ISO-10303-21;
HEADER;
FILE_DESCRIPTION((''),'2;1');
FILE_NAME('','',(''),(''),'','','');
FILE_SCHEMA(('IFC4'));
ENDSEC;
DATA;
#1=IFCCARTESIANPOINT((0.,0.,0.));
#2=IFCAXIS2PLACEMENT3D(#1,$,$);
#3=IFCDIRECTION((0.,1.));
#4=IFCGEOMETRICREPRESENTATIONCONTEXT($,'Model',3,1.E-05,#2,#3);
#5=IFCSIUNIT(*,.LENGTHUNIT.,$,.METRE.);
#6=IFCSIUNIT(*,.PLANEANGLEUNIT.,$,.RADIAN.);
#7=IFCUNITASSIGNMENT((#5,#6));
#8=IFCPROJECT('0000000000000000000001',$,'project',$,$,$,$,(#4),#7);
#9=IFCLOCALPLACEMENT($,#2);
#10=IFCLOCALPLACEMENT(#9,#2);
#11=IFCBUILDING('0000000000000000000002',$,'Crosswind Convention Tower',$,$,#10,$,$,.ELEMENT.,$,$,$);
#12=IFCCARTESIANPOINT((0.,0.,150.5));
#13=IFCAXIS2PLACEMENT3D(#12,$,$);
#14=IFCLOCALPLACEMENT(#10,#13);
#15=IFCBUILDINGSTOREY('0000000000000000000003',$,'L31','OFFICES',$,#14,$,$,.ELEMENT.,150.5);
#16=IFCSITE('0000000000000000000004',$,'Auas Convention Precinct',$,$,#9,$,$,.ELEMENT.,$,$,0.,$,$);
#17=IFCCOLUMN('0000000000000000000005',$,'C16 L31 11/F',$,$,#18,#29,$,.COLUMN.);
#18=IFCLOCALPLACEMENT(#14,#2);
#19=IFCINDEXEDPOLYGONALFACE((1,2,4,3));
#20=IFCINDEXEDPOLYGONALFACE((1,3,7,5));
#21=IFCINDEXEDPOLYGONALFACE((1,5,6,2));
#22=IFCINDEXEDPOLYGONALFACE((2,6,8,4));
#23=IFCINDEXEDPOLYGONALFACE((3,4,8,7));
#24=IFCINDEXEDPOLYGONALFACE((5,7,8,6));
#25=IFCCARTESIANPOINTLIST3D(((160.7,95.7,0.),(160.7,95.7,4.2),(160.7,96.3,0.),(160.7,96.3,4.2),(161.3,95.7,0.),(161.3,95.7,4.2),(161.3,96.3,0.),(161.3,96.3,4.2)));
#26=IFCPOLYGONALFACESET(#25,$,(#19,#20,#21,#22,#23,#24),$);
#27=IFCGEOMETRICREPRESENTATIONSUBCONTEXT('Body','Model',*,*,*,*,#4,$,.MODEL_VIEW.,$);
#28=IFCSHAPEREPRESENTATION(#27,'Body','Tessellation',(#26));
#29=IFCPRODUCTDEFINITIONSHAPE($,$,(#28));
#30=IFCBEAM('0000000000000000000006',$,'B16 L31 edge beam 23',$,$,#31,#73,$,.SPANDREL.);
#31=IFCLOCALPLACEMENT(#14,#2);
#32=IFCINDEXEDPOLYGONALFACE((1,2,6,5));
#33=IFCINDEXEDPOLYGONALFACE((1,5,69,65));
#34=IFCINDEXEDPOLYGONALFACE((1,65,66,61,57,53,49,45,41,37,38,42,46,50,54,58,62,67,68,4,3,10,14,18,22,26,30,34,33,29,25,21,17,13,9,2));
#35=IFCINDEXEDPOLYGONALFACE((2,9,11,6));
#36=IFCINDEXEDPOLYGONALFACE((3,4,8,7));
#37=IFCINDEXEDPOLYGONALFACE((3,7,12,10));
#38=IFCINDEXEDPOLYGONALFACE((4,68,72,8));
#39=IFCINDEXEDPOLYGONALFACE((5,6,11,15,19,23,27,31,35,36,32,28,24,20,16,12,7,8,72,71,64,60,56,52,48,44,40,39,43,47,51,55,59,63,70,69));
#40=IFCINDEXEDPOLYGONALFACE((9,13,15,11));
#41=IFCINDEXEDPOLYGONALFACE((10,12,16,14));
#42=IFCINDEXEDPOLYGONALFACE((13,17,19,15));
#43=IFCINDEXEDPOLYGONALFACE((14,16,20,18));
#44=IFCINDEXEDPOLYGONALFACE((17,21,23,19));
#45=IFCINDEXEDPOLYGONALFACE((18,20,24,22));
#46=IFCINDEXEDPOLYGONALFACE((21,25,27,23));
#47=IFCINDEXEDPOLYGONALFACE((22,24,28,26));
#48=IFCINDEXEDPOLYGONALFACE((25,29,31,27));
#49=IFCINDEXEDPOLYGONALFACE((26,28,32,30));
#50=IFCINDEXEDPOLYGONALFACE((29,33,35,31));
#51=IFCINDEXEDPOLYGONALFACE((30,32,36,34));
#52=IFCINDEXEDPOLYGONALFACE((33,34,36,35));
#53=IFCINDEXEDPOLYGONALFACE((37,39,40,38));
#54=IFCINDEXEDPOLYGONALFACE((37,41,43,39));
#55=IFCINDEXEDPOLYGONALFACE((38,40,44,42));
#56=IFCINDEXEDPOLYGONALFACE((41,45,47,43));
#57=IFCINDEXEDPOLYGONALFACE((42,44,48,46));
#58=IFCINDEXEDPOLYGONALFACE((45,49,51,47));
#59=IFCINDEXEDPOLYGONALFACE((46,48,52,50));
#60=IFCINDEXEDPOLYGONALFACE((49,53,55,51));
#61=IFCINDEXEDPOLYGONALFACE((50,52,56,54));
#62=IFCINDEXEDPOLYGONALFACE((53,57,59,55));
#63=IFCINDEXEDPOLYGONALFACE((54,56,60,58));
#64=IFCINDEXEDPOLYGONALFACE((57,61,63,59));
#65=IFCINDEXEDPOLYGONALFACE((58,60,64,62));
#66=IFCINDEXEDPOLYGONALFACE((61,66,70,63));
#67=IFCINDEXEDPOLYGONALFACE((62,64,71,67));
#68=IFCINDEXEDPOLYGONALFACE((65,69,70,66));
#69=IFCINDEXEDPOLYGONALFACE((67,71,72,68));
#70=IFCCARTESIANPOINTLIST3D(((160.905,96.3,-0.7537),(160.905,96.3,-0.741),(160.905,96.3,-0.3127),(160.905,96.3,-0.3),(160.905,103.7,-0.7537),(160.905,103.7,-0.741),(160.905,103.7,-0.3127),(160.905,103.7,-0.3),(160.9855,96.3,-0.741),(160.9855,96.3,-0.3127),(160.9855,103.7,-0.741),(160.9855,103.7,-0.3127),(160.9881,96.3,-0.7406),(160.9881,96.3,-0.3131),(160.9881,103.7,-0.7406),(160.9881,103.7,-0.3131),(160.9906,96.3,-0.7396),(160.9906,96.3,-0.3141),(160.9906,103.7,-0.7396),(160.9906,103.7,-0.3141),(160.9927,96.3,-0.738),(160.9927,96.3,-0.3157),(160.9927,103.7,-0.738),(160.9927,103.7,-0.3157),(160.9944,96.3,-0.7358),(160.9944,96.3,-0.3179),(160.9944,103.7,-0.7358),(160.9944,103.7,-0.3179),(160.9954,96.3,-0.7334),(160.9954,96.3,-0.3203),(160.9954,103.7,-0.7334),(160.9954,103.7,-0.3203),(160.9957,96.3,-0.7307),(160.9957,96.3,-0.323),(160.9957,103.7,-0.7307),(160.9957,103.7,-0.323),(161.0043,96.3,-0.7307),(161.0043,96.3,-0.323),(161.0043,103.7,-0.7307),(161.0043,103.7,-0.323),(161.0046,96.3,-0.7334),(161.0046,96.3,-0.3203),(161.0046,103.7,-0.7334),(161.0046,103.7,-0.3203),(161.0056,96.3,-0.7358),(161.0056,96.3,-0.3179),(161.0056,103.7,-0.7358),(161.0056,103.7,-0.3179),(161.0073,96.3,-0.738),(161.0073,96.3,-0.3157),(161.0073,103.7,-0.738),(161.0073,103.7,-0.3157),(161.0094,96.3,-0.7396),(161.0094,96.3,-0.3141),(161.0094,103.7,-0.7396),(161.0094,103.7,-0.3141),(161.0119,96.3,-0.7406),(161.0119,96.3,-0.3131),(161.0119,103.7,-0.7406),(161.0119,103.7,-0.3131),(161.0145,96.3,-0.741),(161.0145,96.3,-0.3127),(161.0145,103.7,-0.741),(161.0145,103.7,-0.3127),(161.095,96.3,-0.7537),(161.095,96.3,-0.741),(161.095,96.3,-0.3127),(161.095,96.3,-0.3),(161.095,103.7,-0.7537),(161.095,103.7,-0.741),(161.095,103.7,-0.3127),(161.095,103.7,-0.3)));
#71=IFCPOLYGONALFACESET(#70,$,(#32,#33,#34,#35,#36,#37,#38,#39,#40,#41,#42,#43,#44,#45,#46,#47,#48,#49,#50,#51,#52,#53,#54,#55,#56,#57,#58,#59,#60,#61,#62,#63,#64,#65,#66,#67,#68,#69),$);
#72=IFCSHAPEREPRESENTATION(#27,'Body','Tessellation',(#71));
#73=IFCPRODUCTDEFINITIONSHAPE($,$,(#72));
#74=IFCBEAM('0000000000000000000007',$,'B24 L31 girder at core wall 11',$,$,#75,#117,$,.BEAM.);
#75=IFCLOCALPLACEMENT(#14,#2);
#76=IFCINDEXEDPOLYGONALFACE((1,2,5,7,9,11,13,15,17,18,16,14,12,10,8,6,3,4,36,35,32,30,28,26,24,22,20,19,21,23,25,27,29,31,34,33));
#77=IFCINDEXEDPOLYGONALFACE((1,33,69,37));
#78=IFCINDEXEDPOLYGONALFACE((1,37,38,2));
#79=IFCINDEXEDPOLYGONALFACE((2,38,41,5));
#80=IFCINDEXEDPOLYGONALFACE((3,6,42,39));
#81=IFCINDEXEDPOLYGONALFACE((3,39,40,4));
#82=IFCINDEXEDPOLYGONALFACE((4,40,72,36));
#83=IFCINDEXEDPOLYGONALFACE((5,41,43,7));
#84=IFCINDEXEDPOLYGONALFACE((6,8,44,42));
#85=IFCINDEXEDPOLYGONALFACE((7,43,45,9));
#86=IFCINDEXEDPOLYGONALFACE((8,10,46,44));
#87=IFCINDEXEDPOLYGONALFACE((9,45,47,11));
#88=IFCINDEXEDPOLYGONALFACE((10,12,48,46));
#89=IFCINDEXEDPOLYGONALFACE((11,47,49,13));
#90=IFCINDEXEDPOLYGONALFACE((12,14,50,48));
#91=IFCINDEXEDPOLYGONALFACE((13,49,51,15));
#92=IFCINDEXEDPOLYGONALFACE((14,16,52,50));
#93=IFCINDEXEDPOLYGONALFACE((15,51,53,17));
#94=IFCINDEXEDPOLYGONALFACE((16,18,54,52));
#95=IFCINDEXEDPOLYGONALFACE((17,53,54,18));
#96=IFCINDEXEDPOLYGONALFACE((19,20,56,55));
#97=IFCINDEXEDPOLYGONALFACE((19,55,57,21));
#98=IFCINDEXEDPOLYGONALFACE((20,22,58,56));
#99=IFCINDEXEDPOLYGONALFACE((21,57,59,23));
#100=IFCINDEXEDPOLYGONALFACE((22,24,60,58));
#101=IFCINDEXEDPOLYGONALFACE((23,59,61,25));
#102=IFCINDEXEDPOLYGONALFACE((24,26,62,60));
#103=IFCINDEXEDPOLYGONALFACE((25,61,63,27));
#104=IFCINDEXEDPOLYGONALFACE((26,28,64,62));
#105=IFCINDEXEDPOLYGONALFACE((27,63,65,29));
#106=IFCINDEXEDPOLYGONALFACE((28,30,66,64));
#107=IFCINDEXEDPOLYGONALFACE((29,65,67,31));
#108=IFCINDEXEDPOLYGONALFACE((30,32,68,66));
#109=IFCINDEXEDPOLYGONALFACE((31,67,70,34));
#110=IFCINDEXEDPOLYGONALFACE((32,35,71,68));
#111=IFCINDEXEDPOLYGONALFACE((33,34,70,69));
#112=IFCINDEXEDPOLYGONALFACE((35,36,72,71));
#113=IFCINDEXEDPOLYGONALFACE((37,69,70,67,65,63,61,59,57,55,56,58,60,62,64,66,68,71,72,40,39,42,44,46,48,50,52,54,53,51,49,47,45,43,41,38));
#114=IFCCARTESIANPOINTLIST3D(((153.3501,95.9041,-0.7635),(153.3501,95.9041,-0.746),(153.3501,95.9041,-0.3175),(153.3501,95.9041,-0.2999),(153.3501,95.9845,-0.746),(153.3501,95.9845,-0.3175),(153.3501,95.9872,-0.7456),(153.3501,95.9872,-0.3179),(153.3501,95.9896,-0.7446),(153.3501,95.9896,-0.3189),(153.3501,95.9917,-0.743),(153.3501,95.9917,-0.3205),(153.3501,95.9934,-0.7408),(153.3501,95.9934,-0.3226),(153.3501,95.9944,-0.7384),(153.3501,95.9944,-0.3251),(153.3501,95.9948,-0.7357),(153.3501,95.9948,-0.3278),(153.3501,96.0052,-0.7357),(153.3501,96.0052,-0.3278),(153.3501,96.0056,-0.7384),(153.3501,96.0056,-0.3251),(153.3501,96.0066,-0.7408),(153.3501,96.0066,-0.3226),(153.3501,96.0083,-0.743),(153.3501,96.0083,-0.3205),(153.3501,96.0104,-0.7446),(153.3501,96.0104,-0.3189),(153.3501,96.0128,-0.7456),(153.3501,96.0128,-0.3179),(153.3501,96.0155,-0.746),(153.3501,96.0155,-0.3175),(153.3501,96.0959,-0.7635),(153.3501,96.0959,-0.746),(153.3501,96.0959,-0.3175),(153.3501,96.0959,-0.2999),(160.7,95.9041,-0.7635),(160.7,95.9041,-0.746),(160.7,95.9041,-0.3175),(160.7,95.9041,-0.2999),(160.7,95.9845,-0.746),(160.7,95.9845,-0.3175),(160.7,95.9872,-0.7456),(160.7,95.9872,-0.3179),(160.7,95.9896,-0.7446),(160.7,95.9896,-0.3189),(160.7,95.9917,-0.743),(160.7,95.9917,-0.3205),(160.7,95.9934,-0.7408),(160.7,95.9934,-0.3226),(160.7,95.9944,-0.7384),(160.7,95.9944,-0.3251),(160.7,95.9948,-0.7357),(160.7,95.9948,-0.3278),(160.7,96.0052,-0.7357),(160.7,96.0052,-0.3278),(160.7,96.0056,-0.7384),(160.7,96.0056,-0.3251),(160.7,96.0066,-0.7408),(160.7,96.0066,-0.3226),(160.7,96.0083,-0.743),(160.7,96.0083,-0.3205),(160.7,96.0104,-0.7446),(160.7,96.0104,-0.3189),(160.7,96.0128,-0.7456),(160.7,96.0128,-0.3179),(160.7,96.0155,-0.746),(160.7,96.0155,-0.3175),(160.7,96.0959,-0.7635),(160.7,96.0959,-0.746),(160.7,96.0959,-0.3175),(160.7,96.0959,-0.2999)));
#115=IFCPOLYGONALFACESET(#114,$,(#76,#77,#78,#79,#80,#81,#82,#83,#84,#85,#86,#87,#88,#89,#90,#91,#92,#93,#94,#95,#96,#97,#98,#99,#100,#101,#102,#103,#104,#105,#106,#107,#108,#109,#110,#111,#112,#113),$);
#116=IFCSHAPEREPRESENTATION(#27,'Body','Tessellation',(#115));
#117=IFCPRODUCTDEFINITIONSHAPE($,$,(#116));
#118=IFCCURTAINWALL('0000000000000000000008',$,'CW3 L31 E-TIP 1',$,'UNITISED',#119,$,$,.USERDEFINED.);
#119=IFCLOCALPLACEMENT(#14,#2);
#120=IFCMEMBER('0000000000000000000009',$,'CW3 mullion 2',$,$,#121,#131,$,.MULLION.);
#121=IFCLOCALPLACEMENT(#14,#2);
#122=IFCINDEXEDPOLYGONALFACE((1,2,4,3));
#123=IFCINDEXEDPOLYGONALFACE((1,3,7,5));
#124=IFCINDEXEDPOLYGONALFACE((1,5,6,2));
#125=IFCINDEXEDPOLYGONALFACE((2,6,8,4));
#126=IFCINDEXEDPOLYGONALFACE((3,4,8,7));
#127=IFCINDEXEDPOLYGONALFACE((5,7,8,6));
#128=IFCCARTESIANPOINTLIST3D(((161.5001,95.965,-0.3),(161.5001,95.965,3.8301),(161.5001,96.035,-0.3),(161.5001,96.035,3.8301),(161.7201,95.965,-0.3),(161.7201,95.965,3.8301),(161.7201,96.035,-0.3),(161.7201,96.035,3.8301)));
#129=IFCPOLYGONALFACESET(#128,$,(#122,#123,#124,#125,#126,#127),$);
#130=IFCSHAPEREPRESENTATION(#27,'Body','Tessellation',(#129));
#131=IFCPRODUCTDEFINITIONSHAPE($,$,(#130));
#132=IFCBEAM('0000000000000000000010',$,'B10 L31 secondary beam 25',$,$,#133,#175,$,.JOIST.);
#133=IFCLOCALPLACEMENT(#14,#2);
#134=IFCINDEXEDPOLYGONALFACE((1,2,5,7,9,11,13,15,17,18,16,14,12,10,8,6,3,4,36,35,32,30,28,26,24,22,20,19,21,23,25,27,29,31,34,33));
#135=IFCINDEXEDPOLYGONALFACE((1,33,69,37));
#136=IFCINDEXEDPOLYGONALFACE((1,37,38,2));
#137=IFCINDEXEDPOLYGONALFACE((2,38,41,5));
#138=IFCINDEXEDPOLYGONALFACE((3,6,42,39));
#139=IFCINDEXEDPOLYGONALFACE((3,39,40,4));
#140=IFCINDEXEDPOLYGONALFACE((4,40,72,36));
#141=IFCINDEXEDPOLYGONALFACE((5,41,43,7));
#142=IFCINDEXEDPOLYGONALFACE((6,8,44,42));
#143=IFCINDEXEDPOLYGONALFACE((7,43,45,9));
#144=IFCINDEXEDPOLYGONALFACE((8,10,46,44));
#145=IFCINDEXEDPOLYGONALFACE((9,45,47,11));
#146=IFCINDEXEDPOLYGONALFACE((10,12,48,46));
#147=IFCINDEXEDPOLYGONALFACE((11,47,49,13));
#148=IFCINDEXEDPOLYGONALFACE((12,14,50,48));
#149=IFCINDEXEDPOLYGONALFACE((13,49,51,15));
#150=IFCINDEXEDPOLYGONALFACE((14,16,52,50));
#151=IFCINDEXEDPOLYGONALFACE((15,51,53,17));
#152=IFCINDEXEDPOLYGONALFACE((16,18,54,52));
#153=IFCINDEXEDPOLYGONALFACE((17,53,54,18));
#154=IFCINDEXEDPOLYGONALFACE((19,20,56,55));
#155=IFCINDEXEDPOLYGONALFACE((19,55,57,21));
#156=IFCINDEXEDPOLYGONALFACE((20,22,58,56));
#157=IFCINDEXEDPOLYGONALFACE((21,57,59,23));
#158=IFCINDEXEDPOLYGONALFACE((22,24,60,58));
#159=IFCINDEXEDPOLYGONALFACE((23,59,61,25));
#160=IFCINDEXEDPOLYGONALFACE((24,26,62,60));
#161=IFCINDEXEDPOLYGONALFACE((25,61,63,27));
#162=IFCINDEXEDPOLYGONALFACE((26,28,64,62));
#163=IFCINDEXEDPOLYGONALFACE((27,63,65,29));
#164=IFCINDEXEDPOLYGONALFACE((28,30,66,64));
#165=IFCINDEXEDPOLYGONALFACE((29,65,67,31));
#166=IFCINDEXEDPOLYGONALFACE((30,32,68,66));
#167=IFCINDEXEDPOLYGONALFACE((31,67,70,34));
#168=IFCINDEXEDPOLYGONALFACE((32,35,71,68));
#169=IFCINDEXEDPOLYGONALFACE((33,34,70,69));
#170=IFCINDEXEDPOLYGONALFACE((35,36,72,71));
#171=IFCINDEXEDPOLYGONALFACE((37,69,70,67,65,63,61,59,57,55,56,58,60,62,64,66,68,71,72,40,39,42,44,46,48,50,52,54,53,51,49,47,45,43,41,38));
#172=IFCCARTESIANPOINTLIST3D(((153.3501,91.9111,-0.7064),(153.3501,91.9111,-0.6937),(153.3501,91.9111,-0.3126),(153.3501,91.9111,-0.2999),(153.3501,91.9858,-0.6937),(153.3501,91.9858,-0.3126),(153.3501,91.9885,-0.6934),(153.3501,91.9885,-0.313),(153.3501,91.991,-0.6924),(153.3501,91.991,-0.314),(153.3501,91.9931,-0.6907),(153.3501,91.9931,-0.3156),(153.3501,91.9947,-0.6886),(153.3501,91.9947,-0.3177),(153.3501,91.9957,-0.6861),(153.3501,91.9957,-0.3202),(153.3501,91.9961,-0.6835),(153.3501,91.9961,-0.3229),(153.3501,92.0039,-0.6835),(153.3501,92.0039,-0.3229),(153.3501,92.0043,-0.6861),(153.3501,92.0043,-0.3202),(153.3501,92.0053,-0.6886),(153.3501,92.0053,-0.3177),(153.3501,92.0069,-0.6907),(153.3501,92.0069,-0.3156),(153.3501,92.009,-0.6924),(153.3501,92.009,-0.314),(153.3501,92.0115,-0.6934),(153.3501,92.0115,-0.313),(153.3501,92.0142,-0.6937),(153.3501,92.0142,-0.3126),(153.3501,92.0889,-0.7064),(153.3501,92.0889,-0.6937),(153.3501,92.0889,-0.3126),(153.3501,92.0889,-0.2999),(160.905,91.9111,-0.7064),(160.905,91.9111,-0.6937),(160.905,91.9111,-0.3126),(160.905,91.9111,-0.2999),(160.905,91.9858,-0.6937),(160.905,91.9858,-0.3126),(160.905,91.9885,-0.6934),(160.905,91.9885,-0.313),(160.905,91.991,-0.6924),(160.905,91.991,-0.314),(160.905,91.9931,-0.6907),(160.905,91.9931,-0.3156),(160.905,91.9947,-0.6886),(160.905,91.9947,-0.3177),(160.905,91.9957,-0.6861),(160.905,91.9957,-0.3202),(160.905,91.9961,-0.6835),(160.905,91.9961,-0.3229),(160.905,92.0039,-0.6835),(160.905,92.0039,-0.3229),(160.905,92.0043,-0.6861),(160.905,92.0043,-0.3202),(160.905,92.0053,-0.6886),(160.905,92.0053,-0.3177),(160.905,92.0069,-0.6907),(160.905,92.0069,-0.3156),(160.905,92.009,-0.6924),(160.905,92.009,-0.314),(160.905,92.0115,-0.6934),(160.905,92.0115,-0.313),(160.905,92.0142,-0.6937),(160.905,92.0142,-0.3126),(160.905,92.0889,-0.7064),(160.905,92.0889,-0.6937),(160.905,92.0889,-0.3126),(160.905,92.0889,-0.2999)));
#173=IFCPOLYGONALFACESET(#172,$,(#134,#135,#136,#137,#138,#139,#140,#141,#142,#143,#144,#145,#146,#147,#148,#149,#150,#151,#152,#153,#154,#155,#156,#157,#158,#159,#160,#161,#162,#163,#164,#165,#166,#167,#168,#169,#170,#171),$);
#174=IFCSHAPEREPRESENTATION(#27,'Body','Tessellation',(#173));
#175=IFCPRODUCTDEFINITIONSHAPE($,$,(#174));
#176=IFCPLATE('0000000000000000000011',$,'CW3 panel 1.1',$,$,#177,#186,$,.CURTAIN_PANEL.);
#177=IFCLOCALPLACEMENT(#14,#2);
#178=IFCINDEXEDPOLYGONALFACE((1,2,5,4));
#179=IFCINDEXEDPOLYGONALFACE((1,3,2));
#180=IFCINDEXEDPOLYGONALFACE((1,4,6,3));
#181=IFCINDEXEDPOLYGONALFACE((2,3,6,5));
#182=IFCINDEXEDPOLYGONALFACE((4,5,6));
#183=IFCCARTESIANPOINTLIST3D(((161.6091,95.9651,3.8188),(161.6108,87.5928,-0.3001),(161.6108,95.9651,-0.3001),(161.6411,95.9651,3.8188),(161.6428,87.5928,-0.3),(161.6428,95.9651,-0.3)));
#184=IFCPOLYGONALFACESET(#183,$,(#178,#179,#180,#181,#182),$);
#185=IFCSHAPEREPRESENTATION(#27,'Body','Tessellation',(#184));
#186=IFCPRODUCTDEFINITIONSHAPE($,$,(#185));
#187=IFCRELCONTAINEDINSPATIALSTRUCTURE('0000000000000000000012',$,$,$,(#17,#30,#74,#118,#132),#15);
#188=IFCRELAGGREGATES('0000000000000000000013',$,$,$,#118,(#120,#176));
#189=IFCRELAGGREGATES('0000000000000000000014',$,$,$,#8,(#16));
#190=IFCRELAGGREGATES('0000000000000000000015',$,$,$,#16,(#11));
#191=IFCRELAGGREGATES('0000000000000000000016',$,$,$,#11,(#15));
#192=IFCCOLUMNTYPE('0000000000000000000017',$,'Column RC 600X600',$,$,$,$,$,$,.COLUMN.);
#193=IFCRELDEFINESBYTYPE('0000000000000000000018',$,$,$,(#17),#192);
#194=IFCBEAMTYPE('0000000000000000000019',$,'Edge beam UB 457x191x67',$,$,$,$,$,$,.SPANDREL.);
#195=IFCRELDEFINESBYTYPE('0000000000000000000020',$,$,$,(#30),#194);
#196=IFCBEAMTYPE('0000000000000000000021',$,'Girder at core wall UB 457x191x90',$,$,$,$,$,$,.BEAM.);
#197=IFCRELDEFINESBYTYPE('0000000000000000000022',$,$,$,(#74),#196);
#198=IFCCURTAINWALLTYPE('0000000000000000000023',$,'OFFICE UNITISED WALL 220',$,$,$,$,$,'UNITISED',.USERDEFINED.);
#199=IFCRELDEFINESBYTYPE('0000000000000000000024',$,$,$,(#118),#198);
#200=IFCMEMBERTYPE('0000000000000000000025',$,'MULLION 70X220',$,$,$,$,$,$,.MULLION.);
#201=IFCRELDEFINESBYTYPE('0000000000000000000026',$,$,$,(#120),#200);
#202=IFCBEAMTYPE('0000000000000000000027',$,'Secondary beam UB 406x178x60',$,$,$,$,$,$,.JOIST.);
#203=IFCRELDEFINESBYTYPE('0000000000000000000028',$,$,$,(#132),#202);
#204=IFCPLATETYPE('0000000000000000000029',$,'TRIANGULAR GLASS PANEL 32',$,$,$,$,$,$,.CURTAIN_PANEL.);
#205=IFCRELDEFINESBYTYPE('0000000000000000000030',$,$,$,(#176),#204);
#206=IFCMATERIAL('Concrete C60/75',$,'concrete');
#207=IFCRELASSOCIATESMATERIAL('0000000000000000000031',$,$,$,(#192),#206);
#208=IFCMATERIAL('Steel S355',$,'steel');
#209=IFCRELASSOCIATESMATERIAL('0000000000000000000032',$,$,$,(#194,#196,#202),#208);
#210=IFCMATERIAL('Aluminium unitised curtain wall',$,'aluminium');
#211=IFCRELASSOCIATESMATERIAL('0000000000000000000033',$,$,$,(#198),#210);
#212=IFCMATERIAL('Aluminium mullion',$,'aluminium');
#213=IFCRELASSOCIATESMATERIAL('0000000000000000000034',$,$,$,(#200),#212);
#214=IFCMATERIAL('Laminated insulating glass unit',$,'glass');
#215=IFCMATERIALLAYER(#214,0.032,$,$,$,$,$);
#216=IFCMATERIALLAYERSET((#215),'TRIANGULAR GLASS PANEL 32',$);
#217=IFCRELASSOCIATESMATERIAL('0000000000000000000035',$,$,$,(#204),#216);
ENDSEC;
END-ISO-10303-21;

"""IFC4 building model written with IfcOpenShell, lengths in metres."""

from ifc_helpers import new_model, si_unit, direction, frame, origin, origin_2d, place, context, subcontext, project, spatial, polyline, rectangle, i_section, outline, extrude, material, layer, layer_set, material_profile, profile_set, type_object, element, aggregate, save


model = new_model("IFC4")

# Units and contexts
model_context = context("Model", 3, precision=1e-05, world=origin(), true_north=direction((0.0, 1.0)))
body_context = subcontext(model_context, "Body", "Model", "MODEL_VIEW")
ifc_project = project(units=[si_unit("LENGTHUNIT", "METRE"), si_unit("PLANEANGLEUNIT", "RADIAN")], contexts=[model_context])

# Site, building, storey
site_placement = place(None, origin())
site = spatial("IfcSite", under=ifc_project, at=site_placement, Name="Auas Convention Precinct", CompositionType="ELEMENT", RefElevation=0.0)
building_placement = place(site_placement, origin())
building = spatial("IfcBuilding", under=site, at=building_placement, Name="Crosswind Convention Tower", CompositionType="ELEMENT")
storey_placement = place(building_placement, frame((0.0, 0.0, 150.5)))
storey = spatial("IfcBuildingStorey", under=building, at=storey_placement, Name="L31", Description="OFFICES", CompositionType="ELEMENT", Elevation=150.5)

# Column
ifc_material_1 = material(Name="Concrete C60/75", Category="concrete")
ifc_material_profile_1 = material_profile(ifc_material_1, rectangle(XDim=0.6001, YDim=0.6001, at=origin_2d()), Name="RC 600X600")
ifc_profile_set_1 = profile_set([ifc_material_profile_1], Name="Concrete C60/75")
column_type = type_object("IfcColumnType", Name="Column RC 600X600", PredefinedType="COLUMN", material=ifc_profile_set_1)
column_placement = place(storey_placement, frame((161.0, 96.0, 0.0), z_axis=(0.0, 0.0, 1.0), x_axis=(1.0, 0.0, 0.0)))
element("IfcColumn", 1, at=column_placement, inside=storey, type_object=column_type, Name="C16 L31 11/F", PredefinedType="COLUMN", context=body_context, shape_type="SweptSolid", body=[
    extrude(rectangle(XDim=0.6001, YDim=0.6001, at=origin_2d()), origin(), (0.0, 0.0, 1.0), 4.2),
])

# Beams
ifc_material_2 = material(Name="Steel S355", Category="steel")
ifc_material_profile_2 = material_profile(ifc_material_2, i_section(OverallWidth=0.1899, OverallDepth=0.4536, WebThickness=0.0085, FlangeThickness=0.0127, FilletRadius=0.0103, at=origin_2d()), Name="UB 457x191x67")
ifc_profile_set_2 = profile_set([ifc_material_profile_2], Name="Steel S355")
beam_type_1 = type_object("IfcBeamType", Name="Edge beam UB 457x191x67", PredefinedType="SPANDREL", material=ifc_profile_set_2)
beam_1_placement = place(storey_placement, frame((161.0, 96.3, -0.5269), z_axis=(0.0, 1.0, 0.0), x_axis=(-1.0, 0.0, 0.0)))
element("IfcBeam", 2, at=beam_1_placement, inside=storey, type_object=beam_type_1, Name="B16 L31 edge beam 23", PredefinedType="SPANDREL", context=body_context, shape_type="SweptSolid", body=[
    extrude(i_section(OverallWidth=0.1899, OverallDepth=0.4536, WebThickness=0.0085, FlangeThickness=0.0127, FilletRadius=0.0103, at=origin_2d()), origin(), (0.0, 0.0, 1.0), 7.3999),
])
ifc_material_profile_3 = material_profile(ifc_material_2, i_section(OverallWidth=0.1919, OverallDepth=0.4636, WebThickness=0.0105, FlangeThickness=0.0176, FilletRadius=0.0103, at=origin_2d()), Name="UB 457x191x90")
ifc_profile_set_3 = profile_set([ifc_material_profile_3], Name="Steel S355")
beam_type_2 = type_object("IfcBeamType", Name="Girder at core wall UB 457x191x90", PredefinedType="BEAM", material=ifc_profile_set_3)
beam_2_placement = place(storey_placement, frame((153.3501, 96.0, -0.5317), z_axis=(1.0, 0.0, 0.0), x_axis=(0.0, 1.0, 0.0)))
element("IfcBeam", 3, at=beam_2_placement, inside=storey, type_object=beam_type_2, Name="B24 L31 girder at core wall 11", PredefinedType="BEAM", context=body_context, shape_type="SweptSolid", body=[
    extrude(i_section(OverallWidth=0.1919, OverallDepth=0.4636, WebThickness=0.0105, FlangeThickness=0.0176, FilletRadius=0.0103, at=origin_2d()), origin(), (0.0, 0.0, 1.0), 7.3499),
])

# Curtain wall, member
ifc_material_3 = material(Name="Aluminium unitised curtain wall", Category="aluminium")
curtain_wall_type = type_object("IfcCurtainWallType", Name="OFFICE UNITISED WALL 220", ElementType="UNITISED", PredefinedType="USERDEFINED", material=ifc_material_3)
curtain_wall_placement = place(storey_placement, origin())
curtain_wall = element("IfcCurtainWall", 4, at=curtain_wall_placement, inside=storey, type_object=curtain_wall_type, Name="CW3 L31 E-TIP 1", ObjectType="UNITISED", PredefinedType="USERDEFINED")
ifc_material_4 = material(Name="Aluminium mullion", Category="aluminium")
ifc_material_profile_4 = material_profile(ifc_material_4, rectangle(XDim=0.22, YDim=0.0701, at=origin_2d()), Name="AL 220X70")
ifc_profile_set_4 = profile_set([ifc_material_profile_4], Name="Aluminium mullion")
member_type = type_object("IfcMemberType", Name="MULLION 70X220", PredefinedType="MULLION", material=ifc_profile_set_4)
member_placement = place(storey_placement, frame((161.6101, 96.0, -0.3), z_axis=(0.0, 0.0, 1.0), x_axis=(1.0, 0.0, 0.0)))
member = element("IfcMember", 5, at=member_placement, type_object=member_type, Name="CW3 mullion 2", PredefinedType="MULLION", context=body_context, shape_type="SweptSolid", body=[
    extrude(rectangle(XDim=0.22, YDim=0.0701, at=origin_2d()), origin(), (0.0, 0.0, 1.0), 4.1301),
])

# Beam
ifc_material_profile_5 = material_profile(ifc_material_2, i_section(OverallWidth=0.1777, OverallDepth=0.4065, WebThickness=0.0078, FlangeThickness=0.0127, FilletRadius=0.0103, at=origin_2d()), Name="UB 406x178x60")
ifc_profile_set_5 = profile_set([ifc_material_profile_5], Name="Steel S355")
beam_type_3 = type_object("IfcBeamType", Name="Secondary beam UB 406x178x60", PredefinedType="JOIST", material=ifc_profile_set_5)
beam_3_placement = place(storey_placement, frame((153.3501, 92.0, -0.5032), z_axis=(1.0, 0.0, 0.0), x_axis=(0.0, 1.0, 0.0)))
element("IfcBeam", 6, at=beam_3_placement, inside=storey, type_object=beam_type_3, Name="B10 L31 secondary beam 25", PredefinedType="JOIST", context=body_context, shape_type="SweptSolid", body=[
    extrude(i_section(OverallWidth=0.1777, OverallDepth=0.4065, WebThickness=0.0078, FlangeThickness=0.0127, FilletRadius=0.0103, at=origin_2d()), origin(), (0.0, 0.0, 1.0), 7.5549),
])

# Plate
ifc_material_5 = material(Name="Laminated insulating glass unit", Category="glass")
ifc_layer_1 = layer(ifc_material_5, 0.032)
ifc_layer_set_1 = layer_set([ifc_layer_1], Name="TRIANGULAR GLASS PANEL 32")
plate_type = type_object("IfcPlateType", Name="TRIANGULAR GLASS PANEL 32", PredefinedType="CURTAIN_PANEL", material=ifc_layer_set_1)
plate_1_placement = place(storey_placement, frame((161.6428, 95.9651, -0.3), z_axis=(1.0, 0.0, 0.000415), x_axis=(-0.000415, 0.0, 1.0)))
plate_1 = element("IfcPlate", 7, at=plate_1_placement, type_object=plate_type, Name="CW3 panel 1.1", PredefinedType="CURTAIN_PANEL", context=body_context, shape_type="SweptSolid", body=[
    extrude(outline(polyline([(0.0, 0.0), (4.1189, 0.0), (0.0, 8.3723), (0.0, 0.0)])), origin(), (0.0, 0.0, -1.0), 0.032),
])
aggregate(curtain_wall, [member, plate_1])

save(model, "model.ifc")
